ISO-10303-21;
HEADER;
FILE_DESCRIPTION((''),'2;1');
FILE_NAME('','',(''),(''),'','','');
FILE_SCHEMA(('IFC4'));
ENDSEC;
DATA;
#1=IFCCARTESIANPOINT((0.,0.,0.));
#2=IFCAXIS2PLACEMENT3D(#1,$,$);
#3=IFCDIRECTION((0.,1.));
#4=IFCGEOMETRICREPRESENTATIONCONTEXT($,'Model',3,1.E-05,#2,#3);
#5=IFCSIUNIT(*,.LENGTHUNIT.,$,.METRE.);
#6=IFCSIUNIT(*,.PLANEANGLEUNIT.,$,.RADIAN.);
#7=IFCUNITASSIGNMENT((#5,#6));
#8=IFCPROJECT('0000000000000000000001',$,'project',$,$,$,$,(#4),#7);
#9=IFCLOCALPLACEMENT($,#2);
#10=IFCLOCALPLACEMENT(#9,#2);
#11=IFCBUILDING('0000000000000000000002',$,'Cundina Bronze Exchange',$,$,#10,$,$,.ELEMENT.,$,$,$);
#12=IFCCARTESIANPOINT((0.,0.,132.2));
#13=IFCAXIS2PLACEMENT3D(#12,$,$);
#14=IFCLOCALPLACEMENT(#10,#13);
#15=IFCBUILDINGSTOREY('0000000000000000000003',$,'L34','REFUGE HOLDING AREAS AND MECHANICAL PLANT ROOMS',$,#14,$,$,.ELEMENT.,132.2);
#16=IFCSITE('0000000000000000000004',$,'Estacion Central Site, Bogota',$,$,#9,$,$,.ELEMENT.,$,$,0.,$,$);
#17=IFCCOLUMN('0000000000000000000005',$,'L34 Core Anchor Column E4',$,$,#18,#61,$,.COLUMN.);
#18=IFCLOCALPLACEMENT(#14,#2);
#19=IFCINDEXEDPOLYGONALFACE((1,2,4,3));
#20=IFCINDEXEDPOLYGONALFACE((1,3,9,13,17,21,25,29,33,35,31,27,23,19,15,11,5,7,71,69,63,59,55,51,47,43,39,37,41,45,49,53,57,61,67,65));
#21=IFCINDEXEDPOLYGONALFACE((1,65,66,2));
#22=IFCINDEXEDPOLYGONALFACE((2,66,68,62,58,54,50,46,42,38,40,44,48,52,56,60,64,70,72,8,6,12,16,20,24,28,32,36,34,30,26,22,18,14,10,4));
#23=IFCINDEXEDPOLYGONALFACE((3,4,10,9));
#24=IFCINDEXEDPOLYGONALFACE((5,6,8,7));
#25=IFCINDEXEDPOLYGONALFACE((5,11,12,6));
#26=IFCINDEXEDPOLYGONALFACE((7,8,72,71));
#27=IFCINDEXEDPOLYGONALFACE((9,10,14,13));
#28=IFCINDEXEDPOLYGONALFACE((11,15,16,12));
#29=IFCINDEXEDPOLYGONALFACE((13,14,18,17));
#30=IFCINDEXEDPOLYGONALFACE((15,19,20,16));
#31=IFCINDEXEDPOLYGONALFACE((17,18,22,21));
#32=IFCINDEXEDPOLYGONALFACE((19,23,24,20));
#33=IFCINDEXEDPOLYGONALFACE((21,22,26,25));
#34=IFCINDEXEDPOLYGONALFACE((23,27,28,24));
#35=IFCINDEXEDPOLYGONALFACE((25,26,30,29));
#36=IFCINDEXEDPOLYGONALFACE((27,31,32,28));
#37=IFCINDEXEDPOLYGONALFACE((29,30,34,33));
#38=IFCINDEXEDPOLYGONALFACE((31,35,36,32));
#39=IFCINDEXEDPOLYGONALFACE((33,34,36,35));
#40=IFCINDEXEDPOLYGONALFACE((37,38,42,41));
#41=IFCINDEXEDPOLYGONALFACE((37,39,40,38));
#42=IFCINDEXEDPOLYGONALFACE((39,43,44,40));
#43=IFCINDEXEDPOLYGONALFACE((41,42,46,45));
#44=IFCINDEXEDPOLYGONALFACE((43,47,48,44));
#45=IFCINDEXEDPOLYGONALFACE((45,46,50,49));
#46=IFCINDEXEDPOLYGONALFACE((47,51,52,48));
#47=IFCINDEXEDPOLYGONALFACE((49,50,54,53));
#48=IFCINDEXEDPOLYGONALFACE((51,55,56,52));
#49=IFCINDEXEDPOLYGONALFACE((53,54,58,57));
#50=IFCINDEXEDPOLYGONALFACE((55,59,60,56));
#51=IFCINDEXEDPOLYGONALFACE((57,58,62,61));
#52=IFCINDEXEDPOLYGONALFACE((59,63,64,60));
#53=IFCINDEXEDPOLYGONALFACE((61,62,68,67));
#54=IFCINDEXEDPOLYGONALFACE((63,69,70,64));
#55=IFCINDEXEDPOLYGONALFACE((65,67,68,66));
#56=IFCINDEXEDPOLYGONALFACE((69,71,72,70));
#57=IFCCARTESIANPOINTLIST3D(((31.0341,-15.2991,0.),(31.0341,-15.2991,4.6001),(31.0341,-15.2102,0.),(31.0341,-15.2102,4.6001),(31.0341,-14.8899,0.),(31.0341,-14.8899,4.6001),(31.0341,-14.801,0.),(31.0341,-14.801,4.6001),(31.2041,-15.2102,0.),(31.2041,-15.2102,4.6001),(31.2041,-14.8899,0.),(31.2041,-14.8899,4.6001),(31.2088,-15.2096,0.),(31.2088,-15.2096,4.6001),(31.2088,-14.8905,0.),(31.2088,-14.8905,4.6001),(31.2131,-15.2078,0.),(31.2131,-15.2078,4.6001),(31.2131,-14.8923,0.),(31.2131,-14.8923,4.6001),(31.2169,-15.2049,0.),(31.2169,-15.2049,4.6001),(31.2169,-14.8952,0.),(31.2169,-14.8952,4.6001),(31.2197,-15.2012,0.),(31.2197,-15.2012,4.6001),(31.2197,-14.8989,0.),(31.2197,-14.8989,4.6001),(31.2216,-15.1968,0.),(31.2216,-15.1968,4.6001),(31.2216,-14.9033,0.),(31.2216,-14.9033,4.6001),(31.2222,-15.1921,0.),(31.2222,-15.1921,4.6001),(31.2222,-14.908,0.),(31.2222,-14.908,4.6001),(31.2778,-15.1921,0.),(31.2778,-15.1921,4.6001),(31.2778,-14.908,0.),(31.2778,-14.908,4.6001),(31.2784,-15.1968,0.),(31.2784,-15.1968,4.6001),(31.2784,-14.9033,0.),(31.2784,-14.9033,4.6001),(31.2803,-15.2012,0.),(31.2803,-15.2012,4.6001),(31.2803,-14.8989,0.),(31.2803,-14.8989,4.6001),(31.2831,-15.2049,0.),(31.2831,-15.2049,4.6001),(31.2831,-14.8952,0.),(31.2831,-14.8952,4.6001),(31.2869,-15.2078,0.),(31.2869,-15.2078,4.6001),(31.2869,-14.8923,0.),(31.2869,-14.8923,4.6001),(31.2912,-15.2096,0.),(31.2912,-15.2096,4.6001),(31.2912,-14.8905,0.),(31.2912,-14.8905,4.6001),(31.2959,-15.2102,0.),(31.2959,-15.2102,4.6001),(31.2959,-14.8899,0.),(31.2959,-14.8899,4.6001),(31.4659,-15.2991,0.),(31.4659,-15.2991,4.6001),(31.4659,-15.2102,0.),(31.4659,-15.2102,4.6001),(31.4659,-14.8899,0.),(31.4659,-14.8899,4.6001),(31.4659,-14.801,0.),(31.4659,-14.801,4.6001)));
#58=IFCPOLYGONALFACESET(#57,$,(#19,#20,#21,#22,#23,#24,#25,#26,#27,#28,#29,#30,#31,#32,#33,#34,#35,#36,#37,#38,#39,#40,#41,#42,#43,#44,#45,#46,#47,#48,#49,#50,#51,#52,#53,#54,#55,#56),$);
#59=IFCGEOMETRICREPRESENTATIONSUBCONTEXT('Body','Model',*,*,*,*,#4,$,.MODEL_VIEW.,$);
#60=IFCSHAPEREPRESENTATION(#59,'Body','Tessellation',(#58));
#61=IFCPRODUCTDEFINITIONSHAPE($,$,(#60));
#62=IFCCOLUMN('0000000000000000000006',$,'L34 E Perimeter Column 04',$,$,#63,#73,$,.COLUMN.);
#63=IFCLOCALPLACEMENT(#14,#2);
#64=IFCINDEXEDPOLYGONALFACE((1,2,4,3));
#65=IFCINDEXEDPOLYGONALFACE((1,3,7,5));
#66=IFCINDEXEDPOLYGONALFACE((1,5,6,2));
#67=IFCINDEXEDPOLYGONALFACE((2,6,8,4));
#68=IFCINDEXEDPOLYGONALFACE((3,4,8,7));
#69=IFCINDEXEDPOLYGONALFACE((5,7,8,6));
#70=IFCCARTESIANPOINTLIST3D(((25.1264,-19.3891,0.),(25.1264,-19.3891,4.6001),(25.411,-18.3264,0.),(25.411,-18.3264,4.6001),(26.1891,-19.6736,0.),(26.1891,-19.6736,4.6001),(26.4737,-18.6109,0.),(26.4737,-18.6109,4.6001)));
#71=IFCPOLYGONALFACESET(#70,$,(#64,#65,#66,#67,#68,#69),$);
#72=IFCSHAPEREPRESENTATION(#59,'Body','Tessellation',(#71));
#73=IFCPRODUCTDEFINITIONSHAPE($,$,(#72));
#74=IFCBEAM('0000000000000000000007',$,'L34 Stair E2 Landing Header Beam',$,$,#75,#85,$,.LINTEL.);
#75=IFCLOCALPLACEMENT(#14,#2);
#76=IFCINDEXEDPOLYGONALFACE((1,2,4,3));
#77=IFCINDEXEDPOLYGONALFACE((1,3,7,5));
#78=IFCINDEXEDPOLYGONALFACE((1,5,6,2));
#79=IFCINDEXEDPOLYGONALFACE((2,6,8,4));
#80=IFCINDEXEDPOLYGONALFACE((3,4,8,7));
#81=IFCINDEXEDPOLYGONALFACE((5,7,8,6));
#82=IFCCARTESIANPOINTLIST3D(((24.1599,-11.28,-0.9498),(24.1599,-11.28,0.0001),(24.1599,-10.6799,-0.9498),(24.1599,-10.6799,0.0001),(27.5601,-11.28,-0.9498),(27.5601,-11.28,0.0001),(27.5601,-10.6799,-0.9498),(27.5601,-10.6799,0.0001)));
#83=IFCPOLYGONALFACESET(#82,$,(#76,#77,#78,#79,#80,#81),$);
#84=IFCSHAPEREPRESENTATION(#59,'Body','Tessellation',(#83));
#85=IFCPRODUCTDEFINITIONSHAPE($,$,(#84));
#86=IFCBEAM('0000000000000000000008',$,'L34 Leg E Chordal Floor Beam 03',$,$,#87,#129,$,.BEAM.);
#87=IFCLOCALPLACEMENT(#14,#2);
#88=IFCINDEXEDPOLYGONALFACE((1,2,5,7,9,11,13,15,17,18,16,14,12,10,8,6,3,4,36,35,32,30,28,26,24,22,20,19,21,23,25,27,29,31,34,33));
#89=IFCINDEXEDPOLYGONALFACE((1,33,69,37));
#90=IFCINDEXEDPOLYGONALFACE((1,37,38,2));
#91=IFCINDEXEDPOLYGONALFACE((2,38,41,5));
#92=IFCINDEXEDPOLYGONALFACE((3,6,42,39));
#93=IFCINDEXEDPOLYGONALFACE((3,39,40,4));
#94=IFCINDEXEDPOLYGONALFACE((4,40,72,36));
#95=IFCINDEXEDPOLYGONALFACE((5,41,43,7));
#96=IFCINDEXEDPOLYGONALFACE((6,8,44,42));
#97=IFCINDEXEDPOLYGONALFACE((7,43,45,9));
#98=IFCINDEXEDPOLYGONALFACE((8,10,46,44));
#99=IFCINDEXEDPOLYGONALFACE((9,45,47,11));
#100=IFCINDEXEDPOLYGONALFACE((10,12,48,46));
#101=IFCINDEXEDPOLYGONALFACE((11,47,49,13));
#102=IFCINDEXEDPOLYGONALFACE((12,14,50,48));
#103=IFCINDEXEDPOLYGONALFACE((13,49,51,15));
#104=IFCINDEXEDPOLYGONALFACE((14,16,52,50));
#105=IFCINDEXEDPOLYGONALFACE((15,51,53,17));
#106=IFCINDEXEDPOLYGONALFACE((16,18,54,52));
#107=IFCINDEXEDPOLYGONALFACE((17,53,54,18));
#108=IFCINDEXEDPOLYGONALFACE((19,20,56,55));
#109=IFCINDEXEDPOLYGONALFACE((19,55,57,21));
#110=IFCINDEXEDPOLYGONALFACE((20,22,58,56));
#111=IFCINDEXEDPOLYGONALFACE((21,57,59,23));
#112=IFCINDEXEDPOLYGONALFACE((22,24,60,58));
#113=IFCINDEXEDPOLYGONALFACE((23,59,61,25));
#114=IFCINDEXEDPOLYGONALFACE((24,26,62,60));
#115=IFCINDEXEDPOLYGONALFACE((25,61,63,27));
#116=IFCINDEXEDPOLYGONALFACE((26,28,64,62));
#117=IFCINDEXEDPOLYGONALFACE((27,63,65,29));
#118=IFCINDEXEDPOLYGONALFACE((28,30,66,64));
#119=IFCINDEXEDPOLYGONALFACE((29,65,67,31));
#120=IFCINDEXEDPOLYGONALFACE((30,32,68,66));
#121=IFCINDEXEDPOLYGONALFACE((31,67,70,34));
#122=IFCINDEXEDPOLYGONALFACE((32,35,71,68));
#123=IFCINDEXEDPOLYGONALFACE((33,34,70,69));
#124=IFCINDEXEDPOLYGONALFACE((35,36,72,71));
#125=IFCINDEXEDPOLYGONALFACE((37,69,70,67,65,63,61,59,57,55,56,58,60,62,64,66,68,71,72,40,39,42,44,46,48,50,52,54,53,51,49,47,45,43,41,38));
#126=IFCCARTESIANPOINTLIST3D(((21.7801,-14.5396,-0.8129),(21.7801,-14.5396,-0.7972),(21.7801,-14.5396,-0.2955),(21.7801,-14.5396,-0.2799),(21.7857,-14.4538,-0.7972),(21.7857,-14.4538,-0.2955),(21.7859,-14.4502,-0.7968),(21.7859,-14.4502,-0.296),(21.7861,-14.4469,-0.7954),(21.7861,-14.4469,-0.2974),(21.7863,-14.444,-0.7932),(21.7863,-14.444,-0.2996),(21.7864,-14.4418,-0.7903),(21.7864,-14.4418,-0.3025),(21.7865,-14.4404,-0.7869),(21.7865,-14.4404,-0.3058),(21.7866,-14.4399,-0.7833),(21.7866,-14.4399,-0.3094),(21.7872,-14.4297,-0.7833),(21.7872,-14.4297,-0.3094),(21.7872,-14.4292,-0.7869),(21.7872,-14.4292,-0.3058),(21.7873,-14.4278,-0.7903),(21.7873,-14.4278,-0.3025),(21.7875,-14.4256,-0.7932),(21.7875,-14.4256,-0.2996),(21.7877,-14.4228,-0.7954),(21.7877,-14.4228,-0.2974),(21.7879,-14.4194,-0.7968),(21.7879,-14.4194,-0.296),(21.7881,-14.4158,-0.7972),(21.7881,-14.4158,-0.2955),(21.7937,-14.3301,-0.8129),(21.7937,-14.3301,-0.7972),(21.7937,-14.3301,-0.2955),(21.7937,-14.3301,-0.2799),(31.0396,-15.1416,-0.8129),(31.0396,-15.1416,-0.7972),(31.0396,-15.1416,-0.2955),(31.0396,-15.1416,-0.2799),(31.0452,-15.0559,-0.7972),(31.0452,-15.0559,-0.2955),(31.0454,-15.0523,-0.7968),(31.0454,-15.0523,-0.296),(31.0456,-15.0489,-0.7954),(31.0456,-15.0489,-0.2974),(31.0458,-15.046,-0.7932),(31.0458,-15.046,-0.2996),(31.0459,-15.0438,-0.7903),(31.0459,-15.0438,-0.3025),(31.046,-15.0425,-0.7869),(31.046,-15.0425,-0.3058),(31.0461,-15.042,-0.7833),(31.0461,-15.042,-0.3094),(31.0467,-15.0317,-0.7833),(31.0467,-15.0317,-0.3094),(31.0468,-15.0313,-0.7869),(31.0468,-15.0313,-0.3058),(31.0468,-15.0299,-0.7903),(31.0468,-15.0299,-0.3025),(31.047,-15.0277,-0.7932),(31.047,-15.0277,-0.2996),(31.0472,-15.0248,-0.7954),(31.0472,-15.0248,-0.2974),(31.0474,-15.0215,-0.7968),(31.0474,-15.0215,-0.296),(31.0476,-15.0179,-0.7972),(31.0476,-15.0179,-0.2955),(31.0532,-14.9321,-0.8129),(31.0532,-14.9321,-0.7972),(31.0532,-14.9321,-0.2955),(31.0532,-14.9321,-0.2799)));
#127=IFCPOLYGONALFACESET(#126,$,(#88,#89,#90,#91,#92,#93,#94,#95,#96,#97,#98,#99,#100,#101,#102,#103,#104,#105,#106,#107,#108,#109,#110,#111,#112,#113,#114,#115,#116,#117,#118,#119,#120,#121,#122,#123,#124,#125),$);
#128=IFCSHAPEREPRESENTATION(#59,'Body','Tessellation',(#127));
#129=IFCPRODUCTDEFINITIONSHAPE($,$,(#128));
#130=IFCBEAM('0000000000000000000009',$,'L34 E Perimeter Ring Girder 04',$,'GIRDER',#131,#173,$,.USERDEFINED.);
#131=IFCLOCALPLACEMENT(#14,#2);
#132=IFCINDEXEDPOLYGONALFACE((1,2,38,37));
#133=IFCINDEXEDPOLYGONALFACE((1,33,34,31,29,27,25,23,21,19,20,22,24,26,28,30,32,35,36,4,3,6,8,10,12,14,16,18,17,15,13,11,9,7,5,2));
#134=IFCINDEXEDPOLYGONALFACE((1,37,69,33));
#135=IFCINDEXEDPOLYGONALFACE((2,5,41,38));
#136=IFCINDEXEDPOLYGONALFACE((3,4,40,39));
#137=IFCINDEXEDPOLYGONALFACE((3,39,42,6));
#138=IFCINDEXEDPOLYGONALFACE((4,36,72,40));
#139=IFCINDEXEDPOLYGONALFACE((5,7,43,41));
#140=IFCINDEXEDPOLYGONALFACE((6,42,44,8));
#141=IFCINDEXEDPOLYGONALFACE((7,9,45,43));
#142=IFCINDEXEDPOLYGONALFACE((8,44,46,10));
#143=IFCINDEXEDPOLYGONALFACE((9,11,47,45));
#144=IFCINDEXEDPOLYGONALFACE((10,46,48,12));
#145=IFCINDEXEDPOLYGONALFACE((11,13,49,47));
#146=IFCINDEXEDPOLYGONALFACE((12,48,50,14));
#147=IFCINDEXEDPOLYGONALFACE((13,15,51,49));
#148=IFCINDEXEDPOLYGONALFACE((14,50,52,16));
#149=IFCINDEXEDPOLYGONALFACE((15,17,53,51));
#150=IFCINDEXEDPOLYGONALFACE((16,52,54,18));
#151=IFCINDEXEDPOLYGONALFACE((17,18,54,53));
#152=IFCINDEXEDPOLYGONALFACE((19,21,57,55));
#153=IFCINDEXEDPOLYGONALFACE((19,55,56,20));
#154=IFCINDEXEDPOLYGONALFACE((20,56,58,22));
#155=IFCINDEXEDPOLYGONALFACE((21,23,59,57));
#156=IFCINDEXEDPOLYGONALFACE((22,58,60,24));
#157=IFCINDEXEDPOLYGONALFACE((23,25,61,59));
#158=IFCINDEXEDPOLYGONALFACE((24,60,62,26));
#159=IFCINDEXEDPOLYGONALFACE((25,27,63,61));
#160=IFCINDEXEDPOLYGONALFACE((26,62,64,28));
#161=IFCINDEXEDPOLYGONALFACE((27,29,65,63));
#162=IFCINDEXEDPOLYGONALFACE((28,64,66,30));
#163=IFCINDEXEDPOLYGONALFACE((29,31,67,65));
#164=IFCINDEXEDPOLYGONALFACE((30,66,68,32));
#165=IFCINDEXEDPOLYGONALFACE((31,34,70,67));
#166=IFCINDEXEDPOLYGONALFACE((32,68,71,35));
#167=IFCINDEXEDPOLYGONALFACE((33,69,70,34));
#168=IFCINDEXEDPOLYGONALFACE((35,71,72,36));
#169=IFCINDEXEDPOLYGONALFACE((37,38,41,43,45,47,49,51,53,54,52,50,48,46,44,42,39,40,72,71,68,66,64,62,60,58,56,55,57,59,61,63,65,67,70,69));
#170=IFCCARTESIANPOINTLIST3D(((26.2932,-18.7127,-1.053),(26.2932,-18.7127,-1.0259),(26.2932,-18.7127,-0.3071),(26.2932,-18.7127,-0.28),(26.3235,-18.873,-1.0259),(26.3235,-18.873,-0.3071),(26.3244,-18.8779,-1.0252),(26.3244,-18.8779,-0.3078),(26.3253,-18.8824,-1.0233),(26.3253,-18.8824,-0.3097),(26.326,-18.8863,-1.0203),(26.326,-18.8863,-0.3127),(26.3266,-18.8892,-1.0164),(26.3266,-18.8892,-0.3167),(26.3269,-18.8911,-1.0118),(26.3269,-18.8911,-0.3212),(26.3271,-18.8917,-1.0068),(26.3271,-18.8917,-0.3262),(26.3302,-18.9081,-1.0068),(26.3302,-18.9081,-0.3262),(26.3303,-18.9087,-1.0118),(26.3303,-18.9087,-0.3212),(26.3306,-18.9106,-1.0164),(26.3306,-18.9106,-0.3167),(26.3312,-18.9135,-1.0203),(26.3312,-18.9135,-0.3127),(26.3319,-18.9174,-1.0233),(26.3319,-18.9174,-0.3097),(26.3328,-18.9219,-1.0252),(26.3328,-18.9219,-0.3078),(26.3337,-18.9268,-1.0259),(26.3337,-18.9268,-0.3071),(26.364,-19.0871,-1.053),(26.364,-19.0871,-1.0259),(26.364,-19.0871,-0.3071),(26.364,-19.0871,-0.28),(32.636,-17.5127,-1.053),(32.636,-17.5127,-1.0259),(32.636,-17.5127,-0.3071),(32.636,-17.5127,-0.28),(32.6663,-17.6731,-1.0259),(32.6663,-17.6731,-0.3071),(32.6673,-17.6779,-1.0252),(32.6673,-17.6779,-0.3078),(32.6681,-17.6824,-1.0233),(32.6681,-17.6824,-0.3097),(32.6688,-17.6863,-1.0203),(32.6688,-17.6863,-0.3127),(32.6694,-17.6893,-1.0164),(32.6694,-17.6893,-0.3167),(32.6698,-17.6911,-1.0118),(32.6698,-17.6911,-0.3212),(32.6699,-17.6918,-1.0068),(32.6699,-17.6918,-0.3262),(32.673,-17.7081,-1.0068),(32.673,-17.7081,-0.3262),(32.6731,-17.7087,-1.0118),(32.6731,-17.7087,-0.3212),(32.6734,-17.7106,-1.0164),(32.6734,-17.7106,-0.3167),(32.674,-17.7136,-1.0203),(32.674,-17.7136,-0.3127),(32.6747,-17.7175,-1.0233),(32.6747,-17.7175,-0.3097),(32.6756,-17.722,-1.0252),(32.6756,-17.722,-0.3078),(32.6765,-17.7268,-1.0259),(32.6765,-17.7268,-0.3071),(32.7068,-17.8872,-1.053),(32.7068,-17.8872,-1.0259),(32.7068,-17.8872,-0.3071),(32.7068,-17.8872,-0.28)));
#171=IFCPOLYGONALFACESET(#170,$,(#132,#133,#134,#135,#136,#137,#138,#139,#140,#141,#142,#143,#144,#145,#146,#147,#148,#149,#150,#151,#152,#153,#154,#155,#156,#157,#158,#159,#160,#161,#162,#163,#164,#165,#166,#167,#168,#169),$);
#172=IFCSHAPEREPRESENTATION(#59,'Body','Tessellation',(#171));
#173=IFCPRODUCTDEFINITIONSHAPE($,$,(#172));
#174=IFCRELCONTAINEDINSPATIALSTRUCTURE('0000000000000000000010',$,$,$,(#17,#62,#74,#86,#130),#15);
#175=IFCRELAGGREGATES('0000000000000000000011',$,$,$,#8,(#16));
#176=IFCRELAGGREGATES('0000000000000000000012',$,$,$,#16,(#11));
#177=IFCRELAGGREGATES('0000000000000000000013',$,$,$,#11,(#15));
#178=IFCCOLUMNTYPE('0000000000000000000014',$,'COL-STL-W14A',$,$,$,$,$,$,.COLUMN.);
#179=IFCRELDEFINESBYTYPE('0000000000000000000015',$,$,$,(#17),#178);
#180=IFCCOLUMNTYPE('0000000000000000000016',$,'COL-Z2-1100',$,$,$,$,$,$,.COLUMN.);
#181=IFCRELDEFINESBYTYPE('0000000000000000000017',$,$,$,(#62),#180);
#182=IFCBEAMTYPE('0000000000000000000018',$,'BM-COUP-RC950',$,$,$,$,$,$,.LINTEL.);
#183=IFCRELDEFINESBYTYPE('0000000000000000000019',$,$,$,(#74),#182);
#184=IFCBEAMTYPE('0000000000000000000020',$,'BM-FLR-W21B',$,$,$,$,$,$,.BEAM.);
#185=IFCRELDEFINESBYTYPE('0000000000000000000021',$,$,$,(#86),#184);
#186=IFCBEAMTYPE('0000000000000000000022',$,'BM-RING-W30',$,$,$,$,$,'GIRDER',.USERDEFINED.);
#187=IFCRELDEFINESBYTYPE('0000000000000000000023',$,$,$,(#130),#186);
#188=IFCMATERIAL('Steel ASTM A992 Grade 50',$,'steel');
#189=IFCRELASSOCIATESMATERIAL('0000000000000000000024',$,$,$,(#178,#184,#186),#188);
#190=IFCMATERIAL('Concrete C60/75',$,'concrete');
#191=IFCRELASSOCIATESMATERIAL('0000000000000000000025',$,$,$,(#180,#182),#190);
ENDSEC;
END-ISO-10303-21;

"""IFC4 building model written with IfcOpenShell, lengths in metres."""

from ifc_helpers import new_model, si_unit, direction, frame, origin, origin_2d, place, context, subcontext, project, spatial, rectangle, i_section, extrude, material, material_profile, profile_set, type_object, element, save


model = new_model("IFC4")

# Units and contexts
model_context = context("Model", 3, precision=1e-05, world=origin(), true_north=direction((0.0, 1.0)))
body_context = subcontext(model_context, "Body", "Model", "MODEL_VIEW")
ifc_project = project(units=[si_unit("LENGTHUNIT", "METRE"), si_unit("PLANEANGLEUNIT", "RADIAN")], contexts=[model_context])

# Site, building, storey
site_placement = place(None, origin())
site = spatial("IfcSite", under=ifc_project, at=site_placement, Name="Estacion Central Site, Bogota", CompositionType="ELEMENT", RefElevation=0.0)
building_placement = place(site_placement, origin())
building = spatial("IfcBuilding", under=site, at=building_placement, Name="Cundina Bronze Exchange", CompositionType="ELEMENT")
storey_placement = place(building_placement, frame((0.0, 0.0, 132.2)))
storey = spatial("IfcBuildingStorey", under=building, at=storey_placement, Name="L34", Description="REFUGE HOLDING AREAS AND MECHANICAL PLANT ROOMS", CompositionType="ELEMENT", Elevation=132.2)

# Columns
ifc_material_1 = material(Name="Steel ASTM A992 Grade 50", Category="steel")
ifc_material_profile_1 = material_profile(ifc_material_1, i_section(OverallWidth=0.4319, OverallDepth=0.498, WebThickness=0.0557, FlangeThickness=0.0889, FilletRadius=0.0181, at=origin_2d()), Name="W14X500", Category="steel")
ifc_profile_set_1 = profile_set([ifc_material_profile_1], Name="Steel ASTM A992 Grade 50")
column_type_1 = type_object("IfcColumnType", Name="COL-STL-W14A", PredefinedType="COLUMN", material=ifc_profile_set_1)
column_1_placement = place(storey_placement, frame((31.25, -15.05, 0.0), z_axis=(0.0, 0.0, 1.0), x_axis=(1.0, 0.0, 0.0)))
element("IfcColumn", 1, at=column_1_placement, inside=storey, type_object=column_type_1, Name="L34 Core Anchor Column E4", PredefinedType="COLUMN", context=body_context, shape_type="SweptSolid", body=[
    extrude(i_section(OverallWidth=0.4319, OverallDepth=0.498, WebThickness=0.0557, FlangeThickness=0.0889, FilletRadius=0.0181, at=origin_2d()), origin(), (0.0, 0.0, 1.0), 4.6001),
])
ifc_material_2 = material(Name="Concrete C60/75", Category="concrete")
ifc_material_profile_2 = material_profile(ifc_material_2, rectangle(XDim=1.1001, YDim=1.1001, at=origin_2d()), Name="RC1100X1100", Category="concrete")
ifc_profile_set_2 = profile_set([ifc_material_profile_2], Name="Concrete C60/75")
column_type_2 = type_object("IfcColumnType", Name="COL-Z2-1100", PredefinedType="COLUMN", material=ifc_profile_set_2)
column_2_placement = place(storey_placement, frame((25.8, -19.0, 0.0), z_axis=(0.0, 0.0, 1.0), x_axis=(0.965971, -0.25865, 0.0)))
element("IfcColumn", 2, at=column_2_placement, inside=storey, type_object=column_type_2, Name="L34 E Perimeter Column 04", PredefinedType="COLUMN", context=body_context, shape_type="SweptSolid", body=[
    extrude(rectangle(XDim=1.1001, YDim=1.1001, at=origin_2d()), origin(), (0.0, 0.0, 1.0), 4.6001),
])

# Beams
ifc_material_profile_3 = material_profile(ifc_material_2, rectangle(XDim=0.6001, YDim=0.95, at=origin_2d()), Name="RC600X950", Category="concrete")
ifc_profile_set_3 = profile_set([ifc_material_profile_3], Name="Concrete C60/75")
beam_type_1 = type_object("IfcBeamType", Name="BM-COUP-RC950", PredefinedType="LINTEL", material=ifc_profile_set_3)
beam_1_placement = place(storey_placement, frame((24.1599, -10.98, -0.4749), z_axis=(1.0, 0.0, 0.0), x_axis=(0.0, 1.0, 0.0)))
element("IfcBeam", 3, at=beam_1_placement, inside=storey, type_object=beam_type_1, Name="L34 Stair E2 Landing Header Beam", PredefinedType="LINTEL", context=body_context, shape_type="SweptSolid", body=[
    extrude(rectangle(XDim=0.6001, YDim=0.95, at=origin_2d()), origin(), (0.0, 0.0, 1.0), 3.4001),
])
ifc_material_profile_4 = material_profile(ifc_material_1, i_section(OverallWidth=0.21, OverallDepth=0.533, WebThickness=0.0103, FlangeThickness=0.0156, FilletRadius=0.0139, at=origin_2d()), Name="W21X62", Category="steel")
ifc_profile_set_4 = profile_set([ifc_material_profile_4], Name="Steel ASTM A992 Grade 50")
beam_type_2 = type_object("IfcBeamType", Name="BM-FLR-W21B", PredefinedType="BEAM", material=ifc_profile_set_4)
beam_2_placement = place(storey_placement, frame((31.0464, -15.0369, -0.5464), z_axis=(-0.997893, 0.064883, 0.0), x_axis=(-0.064883, -0.997893, 0.0)))
element("IfcBeam", 4, at=beam_2_placement, inside=storey, type_object=beam_type_2, Name="L34 Leg E Chordal Floor Beam 03", PredefinedType="BEAM", context=body_context, shape_type="SweptSolid", body=[
    extrude(i_section(OverallWidth=0.21, OverallDepth=0.533, WebThickness=0.0103, FlangeThickness=0.0156, FilletRadius=0.0139, at=origin_2d()), origin(), (0.0, 0.0, 1.0), 9.2791),
])
ifc_material_profile_5 = material_profile(ifc_material_1, i_section(OverallWidth=0.3811, OverallDepth=0.7729, WebThickness=0.0166, FlangeThickness=0.0271, FilletRadius=0.019, at=origin_2d()), Name="W30X173", Category="steel")
ifc_profile_set_5 = profile_set([ifc_material_profile_5], Name="Steel ASTM A992 Grade 50")
beam_type_3 = type_object("IfcBeamType", Name="BM-RING-W30", ElementType="GIRDER", PredefinedType="USERDEFINED", material=ifc_profile_set_5)
beam_3_placement = place(storey_placement, frame((26.3286, -18.8999, -0.6665), z_axis=(0.982571, 0.185887, 0.0), x_axis=(-0.185887, 0.982571, 0.0)))
element("IfcBeam", 5, at=beam_3_placement, inside=storey, type_object=beam_type_3, Name="L34 E Perimeter Ring Girder 04", ObjectType="GIRDER", PredefinedType="USERDEFINED", context=body_context, shape_type="SweptSolid", body=[
    extrude(i_section(OverallWidth=0.3811, OverallDepth=0.7729, WebThickness=0.0166, FlangeThickness=0.0271, FilletRadius=0.019, at=origin_2d()), origin(), (0.0, 0.0, 1.0), 6.4553),
])

save(model, "model.ifc")
